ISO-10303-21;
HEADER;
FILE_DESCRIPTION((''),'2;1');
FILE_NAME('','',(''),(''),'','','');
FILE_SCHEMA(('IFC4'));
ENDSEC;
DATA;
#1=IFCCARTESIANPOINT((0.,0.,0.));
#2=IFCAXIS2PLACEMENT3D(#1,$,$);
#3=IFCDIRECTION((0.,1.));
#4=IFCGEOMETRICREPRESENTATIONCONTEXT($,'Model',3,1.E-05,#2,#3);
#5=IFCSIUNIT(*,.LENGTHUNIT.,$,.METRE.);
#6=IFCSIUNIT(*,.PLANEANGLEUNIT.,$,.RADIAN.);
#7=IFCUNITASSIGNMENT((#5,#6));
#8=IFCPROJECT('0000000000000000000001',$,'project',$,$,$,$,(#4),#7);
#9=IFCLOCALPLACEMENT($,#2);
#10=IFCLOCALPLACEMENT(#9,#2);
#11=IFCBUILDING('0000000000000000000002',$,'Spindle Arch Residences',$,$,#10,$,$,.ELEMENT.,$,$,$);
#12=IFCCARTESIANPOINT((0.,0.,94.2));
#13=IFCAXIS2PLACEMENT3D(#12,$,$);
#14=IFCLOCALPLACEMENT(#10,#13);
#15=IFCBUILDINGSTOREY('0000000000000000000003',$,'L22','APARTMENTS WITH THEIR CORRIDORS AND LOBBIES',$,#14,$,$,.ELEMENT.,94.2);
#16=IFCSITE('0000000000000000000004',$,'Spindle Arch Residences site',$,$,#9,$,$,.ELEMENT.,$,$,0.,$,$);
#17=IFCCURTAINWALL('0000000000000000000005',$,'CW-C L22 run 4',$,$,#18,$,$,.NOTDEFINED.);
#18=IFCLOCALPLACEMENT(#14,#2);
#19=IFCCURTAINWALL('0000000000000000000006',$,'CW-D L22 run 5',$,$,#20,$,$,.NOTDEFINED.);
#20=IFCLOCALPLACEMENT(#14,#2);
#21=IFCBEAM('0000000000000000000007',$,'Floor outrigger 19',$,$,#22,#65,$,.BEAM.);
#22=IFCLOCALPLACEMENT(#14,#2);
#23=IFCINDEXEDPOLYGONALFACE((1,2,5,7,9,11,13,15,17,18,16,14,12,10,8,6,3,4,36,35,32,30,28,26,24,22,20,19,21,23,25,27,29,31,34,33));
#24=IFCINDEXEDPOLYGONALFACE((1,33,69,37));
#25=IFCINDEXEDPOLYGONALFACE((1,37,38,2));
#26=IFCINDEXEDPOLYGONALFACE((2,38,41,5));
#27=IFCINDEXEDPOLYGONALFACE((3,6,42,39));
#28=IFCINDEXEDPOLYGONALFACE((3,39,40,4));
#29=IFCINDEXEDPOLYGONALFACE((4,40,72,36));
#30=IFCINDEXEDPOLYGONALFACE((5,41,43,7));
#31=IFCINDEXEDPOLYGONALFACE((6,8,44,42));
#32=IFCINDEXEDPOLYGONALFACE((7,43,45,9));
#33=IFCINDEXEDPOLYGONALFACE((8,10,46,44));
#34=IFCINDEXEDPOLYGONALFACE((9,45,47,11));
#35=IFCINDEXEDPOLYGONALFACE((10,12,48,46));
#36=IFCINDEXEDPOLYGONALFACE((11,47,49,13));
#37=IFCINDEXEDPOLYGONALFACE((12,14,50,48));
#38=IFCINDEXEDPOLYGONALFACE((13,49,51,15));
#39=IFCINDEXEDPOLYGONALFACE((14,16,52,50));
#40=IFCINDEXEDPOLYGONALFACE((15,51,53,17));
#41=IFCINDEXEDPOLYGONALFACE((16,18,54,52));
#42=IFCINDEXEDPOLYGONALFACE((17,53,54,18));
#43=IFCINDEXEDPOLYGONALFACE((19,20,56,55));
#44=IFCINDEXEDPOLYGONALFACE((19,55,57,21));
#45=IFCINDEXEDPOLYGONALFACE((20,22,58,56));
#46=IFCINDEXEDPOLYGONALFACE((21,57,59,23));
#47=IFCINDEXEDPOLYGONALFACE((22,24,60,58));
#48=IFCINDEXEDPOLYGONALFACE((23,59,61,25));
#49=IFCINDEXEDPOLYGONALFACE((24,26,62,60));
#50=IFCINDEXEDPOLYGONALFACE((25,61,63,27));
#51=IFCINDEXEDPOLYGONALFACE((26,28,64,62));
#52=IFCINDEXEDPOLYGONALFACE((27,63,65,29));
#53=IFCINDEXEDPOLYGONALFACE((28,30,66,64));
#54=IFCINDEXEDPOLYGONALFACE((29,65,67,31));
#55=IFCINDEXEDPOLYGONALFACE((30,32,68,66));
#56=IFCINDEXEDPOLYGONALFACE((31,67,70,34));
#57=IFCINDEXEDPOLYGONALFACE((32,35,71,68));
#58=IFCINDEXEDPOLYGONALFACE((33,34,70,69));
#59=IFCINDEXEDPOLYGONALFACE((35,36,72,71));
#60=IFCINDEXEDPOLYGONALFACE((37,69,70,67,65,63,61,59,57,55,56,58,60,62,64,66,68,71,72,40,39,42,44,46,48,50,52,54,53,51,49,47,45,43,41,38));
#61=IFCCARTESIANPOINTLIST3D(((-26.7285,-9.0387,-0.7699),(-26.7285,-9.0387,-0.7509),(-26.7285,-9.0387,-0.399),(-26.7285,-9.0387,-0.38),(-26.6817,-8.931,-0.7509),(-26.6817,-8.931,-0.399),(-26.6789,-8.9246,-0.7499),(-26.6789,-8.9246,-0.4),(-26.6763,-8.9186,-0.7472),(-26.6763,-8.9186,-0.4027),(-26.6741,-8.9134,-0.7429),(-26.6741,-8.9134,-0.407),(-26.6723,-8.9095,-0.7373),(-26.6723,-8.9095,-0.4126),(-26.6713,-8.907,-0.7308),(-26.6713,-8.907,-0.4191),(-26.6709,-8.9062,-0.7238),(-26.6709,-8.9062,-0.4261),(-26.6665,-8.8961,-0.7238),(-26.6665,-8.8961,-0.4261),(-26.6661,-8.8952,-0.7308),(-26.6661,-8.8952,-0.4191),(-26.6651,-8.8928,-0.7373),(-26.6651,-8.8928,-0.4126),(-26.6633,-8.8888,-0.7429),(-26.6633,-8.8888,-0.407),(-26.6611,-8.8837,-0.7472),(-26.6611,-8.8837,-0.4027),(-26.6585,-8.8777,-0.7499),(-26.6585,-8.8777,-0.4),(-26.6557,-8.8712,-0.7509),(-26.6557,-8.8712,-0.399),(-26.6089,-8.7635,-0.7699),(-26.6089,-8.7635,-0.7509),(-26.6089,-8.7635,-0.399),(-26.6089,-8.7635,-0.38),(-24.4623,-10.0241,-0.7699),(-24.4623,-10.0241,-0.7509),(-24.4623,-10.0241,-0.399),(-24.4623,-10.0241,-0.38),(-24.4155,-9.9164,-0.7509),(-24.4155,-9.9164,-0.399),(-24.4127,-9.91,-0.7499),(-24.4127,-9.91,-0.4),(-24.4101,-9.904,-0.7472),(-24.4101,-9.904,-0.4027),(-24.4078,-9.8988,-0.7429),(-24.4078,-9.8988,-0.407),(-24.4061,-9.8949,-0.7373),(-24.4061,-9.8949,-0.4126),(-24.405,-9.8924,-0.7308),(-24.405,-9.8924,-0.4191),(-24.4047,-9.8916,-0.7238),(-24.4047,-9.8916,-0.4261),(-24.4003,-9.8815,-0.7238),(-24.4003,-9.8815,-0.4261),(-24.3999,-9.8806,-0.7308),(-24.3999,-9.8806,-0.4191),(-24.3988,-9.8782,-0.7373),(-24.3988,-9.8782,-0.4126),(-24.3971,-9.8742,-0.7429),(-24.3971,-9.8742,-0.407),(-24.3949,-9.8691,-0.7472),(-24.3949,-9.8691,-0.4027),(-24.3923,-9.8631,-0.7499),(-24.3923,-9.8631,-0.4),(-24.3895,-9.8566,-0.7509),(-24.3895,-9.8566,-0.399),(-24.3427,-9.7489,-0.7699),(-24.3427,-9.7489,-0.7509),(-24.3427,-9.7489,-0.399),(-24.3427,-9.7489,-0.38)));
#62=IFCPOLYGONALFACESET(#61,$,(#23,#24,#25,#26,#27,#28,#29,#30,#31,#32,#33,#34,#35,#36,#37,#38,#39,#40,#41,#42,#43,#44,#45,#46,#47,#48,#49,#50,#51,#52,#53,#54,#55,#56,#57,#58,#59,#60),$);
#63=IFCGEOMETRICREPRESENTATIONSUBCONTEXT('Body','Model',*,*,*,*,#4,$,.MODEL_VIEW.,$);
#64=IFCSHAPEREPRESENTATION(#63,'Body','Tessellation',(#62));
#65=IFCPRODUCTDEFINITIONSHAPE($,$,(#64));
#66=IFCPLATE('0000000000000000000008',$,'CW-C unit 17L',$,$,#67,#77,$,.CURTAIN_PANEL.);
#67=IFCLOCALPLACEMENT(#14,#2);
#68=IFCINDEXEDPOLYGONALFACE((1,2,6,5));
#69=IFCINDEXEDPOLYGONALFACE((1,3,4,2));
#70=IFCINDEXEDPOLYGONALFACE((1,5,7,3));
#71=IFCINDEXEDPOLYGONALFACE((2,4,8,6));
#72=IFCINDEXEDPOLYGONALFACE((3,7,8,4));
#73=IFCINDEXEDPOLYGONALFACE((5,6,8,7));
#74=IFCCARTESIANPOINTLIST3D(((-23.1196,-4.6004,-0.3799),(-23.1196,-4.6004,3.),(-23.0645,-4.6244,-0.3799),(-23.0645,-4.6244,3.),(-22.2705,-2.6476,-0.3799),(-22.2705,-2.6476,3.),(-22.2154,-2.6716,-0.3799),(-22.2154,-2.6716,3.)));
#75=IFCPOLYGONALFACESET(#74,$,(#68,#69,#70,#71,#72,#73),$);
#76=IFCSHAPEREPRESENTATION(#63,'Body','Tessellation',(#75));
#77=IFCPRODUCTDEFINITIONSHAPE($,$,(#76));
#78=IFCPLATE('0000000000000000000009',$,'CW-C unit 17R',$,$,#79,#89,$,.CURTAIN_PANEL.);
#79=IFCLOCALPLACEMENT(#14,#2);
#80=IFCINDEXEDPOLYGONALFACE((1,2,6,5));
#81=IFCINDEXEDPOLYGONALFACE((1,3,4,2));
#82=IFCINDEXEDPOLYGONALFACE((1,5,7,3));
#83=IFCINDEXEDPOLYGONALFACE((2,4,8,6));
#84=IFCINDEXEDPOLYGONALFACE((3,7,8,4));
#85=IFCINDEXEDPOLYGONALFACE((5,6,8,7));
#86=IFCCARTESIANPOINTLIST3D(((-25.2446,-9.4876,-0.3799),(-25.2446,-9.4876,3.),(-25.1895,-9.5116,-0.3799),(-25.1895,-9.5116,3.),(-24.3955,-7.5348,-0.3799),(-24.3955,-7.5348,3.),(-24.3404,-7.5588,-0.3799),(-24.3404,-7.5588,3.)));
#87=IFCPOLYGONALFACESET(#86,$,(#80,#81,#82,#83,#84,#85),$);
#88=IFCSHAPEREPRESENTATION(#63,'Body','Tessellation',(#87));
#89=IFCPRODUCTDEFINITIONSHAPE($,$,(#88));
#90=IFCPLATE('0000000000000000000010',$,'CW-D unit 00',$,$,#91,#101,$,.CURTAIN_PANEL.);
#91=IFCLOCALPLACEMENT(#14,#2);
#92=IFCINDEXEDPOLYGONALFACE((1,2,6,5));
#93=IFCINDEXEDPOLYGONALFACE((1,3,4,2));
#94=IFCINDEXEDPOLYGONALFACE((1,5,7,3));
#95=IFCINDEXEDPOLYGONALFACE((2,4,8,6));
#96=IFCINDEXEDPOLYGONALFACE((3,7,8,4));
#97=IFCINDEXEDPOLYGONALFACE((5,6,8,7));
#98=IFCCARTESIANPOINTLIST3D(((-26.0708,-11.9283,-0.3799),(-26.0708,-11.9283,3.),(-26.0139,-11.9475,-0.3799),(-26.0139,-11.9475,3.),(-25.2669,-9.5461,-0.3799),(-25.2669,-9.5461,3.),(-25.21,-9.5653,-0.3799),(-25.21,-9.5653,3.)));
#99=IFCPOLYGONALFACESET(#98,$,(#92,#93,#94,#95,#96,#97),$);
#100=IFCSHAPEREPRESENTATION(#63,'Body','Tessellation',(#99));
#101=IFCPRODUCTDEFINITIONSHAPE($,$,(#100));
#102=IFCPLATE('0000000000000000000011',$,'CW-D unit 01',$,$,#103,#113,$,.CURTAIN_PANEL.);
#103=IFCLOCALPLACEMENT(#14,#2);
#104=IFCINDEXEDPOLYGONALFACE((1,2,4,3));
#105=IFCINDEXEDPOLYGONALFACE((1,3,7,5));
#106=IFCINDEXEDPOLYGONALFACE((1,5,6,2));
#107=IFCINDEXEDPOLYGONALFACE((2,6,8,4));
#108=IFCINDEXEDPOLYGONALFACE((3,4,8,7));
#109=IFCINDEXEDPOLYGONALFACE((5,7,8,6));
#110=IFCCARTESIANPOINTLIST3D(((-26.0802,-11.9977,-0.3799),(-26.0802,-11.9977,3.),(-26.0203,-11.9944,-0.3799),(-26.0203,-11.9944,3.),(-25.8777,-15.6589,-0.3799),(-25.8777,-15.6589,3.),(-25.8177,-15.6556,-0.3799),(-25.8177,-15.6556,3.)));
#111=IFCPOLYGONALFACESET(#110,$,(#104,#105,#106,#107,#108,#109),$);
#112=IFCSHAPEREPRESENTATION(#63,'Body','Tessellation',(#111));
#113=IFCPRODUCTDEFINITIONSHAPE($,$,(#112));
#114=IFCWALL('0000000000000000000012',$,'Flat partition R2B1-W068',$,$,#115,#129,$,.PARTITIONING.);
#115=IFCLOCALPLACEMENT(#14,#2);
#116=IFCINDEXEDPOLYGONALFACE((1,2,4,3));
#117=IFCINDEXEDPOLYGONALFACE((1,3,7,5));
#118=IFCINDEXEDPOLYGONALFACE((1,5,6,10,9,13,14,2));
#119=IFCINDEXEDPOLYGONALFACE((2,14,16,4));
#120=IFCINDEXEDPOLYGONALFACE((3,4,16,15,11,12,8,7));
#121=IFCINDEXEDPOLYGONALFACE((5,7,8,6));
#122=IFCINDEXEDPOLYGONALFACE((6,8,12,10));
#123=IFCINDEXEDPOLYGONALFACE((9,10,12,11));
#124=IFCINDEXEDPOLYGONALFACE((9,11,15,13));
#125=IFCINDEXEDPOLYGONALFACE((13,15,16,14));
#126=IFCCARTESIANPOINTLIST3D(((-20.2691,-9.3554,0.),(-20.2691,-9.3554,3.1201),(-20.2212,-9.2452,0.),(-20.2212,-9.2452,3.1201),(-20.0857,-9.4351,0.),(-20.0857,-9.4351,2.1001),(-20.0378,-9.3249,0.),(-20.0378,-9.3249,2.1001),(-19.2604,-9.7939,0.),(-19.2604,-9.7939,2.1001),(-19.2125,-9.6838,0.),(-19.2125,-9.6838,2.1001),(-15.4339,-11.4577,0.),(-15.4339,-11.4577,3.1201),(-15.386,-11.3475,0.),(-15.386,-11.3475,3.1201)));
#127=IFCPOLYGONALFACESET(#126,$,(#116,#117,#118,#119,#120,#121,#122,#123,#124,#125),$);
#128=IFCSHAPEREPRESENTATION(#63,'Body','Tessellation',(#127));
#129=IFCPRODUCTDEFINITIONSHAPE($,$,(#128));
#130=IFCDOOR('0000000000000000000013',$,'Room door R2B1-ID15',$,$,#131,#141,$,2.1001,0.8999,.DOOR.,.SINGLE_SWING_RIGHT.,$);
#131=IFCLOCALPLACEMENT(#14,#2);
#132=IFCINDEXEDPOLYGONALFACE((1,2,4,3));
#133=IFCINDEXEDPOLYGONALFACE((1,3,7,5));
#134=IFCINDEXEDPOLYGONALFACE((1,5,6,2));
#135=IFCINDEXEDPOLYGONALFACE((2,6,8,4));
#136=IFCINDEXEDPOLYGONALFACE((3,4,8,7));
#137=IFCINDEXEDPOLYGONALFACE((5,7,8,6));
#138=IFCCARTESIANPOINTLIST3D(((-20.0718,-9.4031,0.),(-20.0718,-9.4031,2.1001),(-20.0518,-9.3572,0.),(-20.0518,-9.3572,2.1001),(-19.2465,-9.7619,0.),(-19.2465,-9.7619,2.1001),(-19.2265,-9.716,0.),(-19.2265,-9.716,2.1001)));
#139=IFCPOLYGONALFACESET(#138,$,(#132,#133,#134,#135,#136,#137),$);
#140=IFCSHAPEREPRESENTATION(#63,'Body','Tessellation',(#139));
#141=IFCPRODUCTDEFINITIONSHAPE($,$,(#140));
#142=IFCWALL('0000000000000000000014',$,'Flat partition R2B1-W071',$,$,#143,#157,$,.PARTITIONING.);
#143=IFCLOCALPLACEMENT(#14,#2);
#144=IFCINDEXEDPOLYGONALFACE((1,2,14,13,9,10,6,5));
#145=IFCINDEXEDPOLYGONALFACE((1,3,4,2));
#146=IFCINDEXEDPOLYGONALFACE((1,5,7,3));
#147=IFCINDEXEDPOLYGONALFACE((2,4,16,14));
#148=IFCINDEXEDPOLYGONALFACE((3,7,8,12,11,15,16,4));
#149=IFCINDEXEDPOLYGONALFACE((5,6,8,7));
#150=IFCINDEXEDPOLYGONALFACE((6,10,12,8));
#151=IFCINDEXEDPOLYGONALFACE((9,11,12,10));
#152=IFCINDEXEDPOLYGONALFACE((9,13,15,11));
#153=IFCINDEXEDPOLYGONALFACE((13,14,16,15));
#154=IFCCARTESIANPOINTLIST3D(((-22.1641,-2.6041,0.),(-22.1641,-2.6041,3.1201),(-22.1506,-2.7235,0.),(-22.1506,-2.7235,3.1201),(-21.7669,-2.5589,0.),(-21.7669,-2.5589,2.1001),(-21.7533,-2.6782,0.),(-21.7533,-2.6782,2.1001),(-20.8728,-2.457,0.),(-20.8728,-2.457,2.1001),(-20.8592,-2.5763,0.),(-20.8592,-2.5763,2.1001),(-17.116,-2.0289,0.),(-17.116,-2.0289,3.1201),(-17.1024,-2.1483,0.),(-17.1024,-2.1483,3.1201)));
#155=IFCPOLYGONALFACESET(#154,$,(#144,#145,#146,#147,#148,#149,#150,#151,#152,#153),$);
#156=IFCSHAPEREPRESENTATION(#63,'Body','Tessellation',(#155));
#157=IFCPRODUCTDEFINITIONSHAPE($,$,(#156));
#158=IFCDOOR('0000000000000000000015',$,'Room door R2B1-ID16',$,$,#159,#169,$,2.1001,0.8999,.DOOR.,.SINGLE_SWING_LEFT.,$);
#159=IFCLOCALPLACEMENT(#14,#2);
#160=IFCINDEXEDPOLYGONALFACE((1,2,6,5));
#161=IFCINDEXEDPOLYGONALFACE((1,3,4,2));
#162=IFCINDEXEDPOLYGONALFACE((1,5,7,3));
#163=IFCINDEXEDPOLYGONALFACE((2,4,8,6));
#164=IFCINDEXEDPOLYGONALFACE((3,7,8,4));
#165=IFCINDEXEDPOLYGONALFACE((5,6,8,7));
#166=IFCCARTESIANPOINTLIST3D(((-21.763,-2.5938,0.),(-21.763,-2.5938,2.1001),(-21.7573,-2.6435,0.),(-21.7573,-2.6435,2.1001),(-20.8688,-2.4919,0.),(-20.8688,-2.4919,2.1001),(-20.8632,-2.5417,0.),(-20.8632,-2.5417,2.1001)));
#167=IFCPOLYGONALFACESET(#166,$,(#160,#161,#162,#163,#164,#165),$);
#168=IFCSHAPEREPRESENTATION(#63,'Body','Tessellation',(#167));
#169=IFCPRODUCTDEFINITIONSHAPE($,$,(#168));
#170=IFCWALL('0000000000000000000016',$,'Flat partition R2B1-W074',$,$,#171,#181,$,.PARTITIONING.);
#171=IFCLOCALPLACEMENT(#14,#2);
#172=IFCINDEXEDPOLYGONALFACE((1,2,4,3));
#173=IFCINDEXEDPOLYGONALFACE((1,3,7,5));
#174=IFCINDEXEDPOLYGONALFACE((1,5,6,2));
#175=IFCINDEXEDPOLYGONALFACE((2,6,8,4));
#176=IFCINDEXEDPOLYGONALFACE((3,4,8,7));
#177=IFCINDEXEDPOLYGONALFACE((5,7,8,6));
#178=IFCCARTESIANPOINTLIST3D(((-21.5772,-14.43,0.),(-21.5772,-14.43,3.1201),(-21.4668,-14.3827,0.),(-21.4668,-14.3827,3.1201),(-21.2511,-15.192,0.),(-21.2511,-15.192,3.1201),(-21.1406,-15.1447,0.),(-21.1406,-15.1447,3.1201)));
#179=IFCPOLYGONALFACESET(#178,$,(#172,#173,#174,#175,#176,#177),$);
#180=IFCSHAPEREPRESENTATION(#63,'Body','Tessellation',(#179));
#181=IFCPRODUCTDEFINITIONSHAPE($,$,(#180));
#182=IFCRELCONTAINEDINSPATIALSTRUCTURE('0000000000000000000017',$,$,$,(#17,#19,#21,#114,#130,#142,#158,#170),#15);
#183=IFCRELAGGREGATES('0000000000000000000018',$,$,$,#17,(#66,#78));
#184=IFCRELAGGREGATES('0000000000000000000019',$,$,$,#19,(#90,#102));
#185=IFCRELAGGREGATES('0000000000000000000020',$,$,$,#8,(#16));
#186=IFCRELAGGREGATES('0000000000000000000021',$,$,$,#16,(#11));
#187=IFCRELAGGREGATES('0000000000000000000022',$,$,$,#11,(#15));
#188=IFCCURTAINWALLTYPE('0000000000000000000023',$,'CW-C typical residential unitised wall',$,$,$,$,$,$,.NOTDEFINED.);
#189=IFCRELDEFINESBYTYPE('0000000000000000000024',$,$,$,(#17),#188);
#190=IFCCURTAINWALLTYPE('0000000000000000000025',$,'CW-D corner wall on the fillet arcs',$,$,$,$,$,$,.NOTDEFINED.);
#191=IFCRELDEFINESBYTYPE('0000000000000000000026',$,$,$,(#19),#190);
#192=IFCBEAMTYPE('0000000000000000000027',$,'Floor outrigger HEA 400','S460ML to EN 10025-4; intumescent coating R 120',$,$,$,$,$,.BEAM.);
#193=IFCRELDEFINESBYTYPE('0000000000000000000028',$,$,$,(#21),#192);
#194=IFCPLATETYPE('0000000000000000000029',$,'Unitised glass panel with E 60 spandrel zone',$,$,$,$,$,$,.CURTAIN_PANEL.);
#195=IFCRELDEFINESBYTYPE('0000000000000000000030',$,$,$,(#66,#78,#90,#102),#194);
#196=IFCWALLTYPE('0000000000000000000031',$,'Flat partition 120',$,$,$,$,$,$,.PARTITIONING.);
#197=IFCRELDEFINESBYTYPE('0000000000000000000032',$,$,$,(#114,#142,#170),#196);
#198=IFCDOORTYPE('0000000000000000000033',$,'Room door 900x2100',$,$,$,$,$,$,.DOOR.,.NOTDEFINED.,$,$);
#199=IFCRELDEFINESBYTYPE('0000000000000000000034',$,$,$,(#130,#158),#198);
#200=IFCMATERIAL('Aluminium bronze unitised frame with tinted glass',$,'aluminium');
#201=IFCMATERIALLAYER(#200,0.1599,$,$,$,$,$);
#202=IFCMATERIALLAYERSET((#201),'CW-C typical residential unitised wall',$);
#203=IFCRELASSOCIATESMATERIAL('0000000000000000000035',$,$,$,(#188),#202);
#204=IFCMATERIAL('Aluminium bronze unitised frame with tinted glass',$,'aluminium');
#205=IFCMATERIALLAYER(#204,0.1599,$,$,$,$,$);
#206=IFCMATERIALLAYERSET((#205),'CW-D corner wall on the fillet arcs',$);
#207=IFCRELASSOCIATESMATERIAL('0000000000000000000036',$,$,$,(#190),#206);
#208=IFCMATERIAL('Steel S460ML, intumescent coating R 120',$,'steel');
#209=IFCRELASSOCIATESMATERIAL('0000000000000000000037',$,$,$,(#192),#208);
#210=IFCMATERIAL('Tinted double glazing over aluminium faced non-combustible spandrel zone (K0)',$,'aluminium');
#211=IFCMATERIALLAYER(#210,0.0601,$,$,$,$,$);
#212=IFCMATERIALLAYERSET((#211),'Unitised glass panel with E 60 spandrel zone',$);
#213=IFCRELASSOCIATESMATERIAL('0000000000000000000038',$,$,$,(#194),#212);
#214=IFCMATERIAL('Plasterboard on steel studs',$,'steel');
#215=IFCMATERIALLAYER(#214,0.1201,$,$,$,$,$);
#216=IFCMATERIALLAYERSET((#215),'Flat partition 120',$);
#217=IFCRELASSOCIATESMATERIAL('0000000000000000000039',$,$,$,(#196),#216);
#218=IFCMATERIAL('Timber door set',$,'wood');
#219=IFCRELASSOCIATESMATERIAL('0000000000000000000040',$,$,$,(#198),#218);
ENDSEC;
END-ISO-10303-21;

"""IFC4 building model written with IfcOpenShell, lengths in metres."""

from ifc_helpers import new_model, si_unit, direction, frame, frame_2d, origin, origin_2d, place, context, subcontext, project, spatial, rectangle, i_section, extrude, material, layer, layer_set, material_profile, profile_set, type_object, element, fill, aggregate, save


model = new_model("IFC4")

# Units and contexts
model_context = context("Model", 3, precision=1e-05, world=origin(), true_north=direction((0.0, 1.0)))
body_context = subcontext(model_context, "Body", "Model", "MODEL_VIEW")
ifc_project = project(units=[si_unit("LENGTHUNIT", "METRE"), si_unit("PLANEANGLEUNIT", "RADIAN")], contexts=[model_context])

# Site, building, storey
site_placement = place(None, origin())
site = spatial("IfcSite", under=ifc_project, at=site_placement, Name="Spindle Arch Residences site", CompositionType="ELEMENT", RefElevation=0.0)
building_placement = place(site_placement, origin())
building = spatial("IfcBuilding", under=site, at=building_placement, Name="Spindle Arch Residences", CompositionType="ELEMENT")
storey_placement = place(building_placement, frame((0.0, 0.0, 94.2)))
storey = spatial("IfcBuildingStorey", under=building, at=storey_placement, Name="L22", Description="APARTMENTS WITH THEIR CORRIDORS AND LOBBIES", CompositionType="ELEMENT", Elevation=94.2)

# Curtain wall
ifc_material_1 = material(Name="Aluminium bronze unitised frame with tinted glass", Category="aluminium")
ifc_layer_1 = layer(ifc_material_1, 0.1599)
ifc_layer_set_1 = layer_set([ifc_layer_1], Name="CW-C typical residential unitised wall")
curtain_wall_type_1 = type_object("IfcCurtainWallType", Name="CW-C typical residential unitised wall", PredefinedType="NOTDEFINED", material=ifc_layer_set_1)
curtain_wall_1_placement = place(storey_placement, origin())
curtain_wall_1 = element("IfcCurtainWall", 1, at=curtain_wall_1_placement, inside=storey, type_object=curtain_wall_type_1, Name="CW-C L22 run 4", PredefinedType="NOTDEFINED")

# Curtain wall
ifc_material_2 = material(Name="Aluminium bronze unitised frame with tinted glass", Category="aluminium")
ifc_layer_2 = layer(ifc_material_2, 0.1599)
ifc_layer_set_2 = layer_set([ifc_layer_2], Name="CW-D corner wall on the fillet arcs")
curtain_wall_type_2 = type_object("IfcCurtainWallType", Name="CW-D corner wall on the fillet arcs", PredefinedType="NOTDEFINED", material=ifc_layer_set_2)
curtain_wall_2_placement = place(storey_placement, origin())
curtain_wall_2 = element("IfcCurtainWall", 2, at=curtain_wall_2_placement, inside=storey, type_object=curtain_wall_type_2, Name="CW-D L22 run 5", PredefinedType="NOTDEFINED")

# Beam
ifc_material_3 = material(Name="Steel S460ML, intumescent coating R 120", Category="steel")
ifc_material_profile_1 = material_profile(ifc_material_3, i_section(OverallWidth=0.3, OverallDepth=0.3899, WebThickness=0.011, FlangeThickness=0.019, FilletRadius=0.0271, at=origin_2d()), Name="HEA 400")
ifc_profile_set_1 = profile_set([ifc_material_profile_1], Name="Steel S460ML, intumescent coating R 120")
beam_type_1 = type_object("IfcBeamType", Name="Floor outrigger HEA 400", Description="S460ML to EN 10025-4; intumescent coating R 120", PredefinedType="BEAM", material=ifc_profile_set_1)
beam_1_placement = place(storey_placement, frame((-26.6687, -8.9011, -0.575), z_axis=(0.917057, -0.398755, 0.0), x_axis=(0.398755, 0.917057, 0.0)))
element("IfcBeam", 3, at=beam_1_placement, inside=storey, type_object=beam_type_1, Name="Floor outrigger 19", PredefinedType="BEAM", context=body_context, shape_type="SweptSolid", body=[
    extrude(i_section(OverallWidth=0.3, OverallDepth=0.3899, WebThickness=0.011, FlangeThickness=0.019, FilletRadius=0.0271, at=origin_2d()), origin(), (0.0, 0.0, 1.0), 2.4712),
])

# Plates
ifc_material_4 = material(Name="Tinted double glazing over aluminium faced non-combustible spandrel zone (K0)", Category="aluminium")
ifc_layer_3 = layer(ifc_material_4, 0.0601)
ifc_layer_set_3 = layer_set([ifc_layer_3], Name="Unitised glass panel with E 60 spandrel zone")
plate_type = type_object("IfcPlateType", Name="Unitised glass panel with E 60 spandrel zone", PredefinedType="CURTAIN_PANEL", material=ifc_layer_set_3)
plate_1_placement = place(storey_placement, frame((-22.6675, -3.636, -0.3799), z_axis=(0.0, 0.0, 1.0), x_axis=(-0.398749, -0.91706, 0.0)))
plate_1 = element("IfcPlate", 4, at=plate_1_placement, type_object=plate_type, Name="CW-C unit 17L", PredefinedType="CURTAIN_PANEL", context=body_context, shape_type="SweptSolid", body=[
    extrude(rectangle(XDim=2.1294, YDim=0.0601, at=origin_2d()), origin(), (0.0, 0.0, 1.0), 3.3799),
])
plate_2_placement = place(storey_placement, frame((-24.7925, -8.5232, -0.3799), z_axis=(0.0, 0.0, 1.0), x_axis=(-0.398749, -0.91706, 0.0)))
plate_2 = element("IfcPlate", 5, at=plate_2_placement, type_object=plate_type, Name="CW-C unit 17R", PredefinedType="CURTAIN_PANEL", context=body_context, shape_type="SweptSolid", body=[
    extrude(rectangle(XDim=2.1294, YDim=0.0601, at=origin_2d()), origin(), (0.0, 0.0, 1.0), 3.3799),
])
aggregate(curtain_wall_1, [plate_1, plate_2])
plate_3_placement = place(storey_placement, frame((-25.6404, -10.7468, -0.3799), z_axis=(0.0, 0.0, 1.0), x_axis=(-0.319727, -0.94751, 0.0)))
plate_3 = element("IfcPlate", 6, at=plate_3_placement, type_object=plate_type, Name="CW-D unit 00", PredefinedType="CURTAIN_PANEL", context=body_context, shape_type="SweptSolid", body=[
    extrude(rectangle(XDim=2.5142, YDim=0.0601, at=origin_2d()), origin(), (0.0, 0.0, 1.0), 3.3799),
])
plate_4_placement = place(storey_placement, frame((-25.949, -13.8267, -0.3799), z_axis=(0.0, 0.0, 1.0), x_axis=(0.055241, -0.998473, 0.0)))
plate_4 = element("IfcPlate", 7, at=plate_4_placement, type_object=plate_type, Name="CW-D unit 01", PredefinedType="CURTAIN_PANEL", context=body_context, shape_type="SweptSolid", body=[
    extrude(rectangle(XDim=3.6667, YDim=0.0601, at=origin_2d()), origin(), (0.0, 0.0, 1.0), 3.3799),
])
aggregate(curtain_wall_2, [plate_3, plate_4])

# Walls, openings, doors
ifc_material_5 = material(Name="Plasterboard on steel studs", Category="steel")
ifc_layer_4 = layer(ifc_material_5, 0.1201)
ifc_layer_set_4 = layer_set([ifc_layer_4], Name="Flat partition 120")
wall_type_1 = type_object("IfcWallType", Name="Flat partition 120", PredefinedType="PARTITIONING", material=ifc_layer_set_4)
wall_1_placement = place(storey_placement, frame((-20.2451, -9.3003, 0.0), z_axis=(0.0, 0.0, 1.0), x_axis=(0.917068, -0.398731, 0.0)))
wall_1 = element("IfcWall", 8, at=wall_1_placement, inside=storey, type_object=wall_type_1, Name="Flat partition R2B1-W068", PredefinedType="PARTITIONING", context=body_context, shape_type="SweptSolid", body=[
    extrude(rectangle(XDim=5.2725, YDim=0.1201, at=frame_2d((2.6362, 0.0))), origin(), (0.0, 0.0, 1.0), 3.1201),
])
opening_1_placement = place(wall_1_placement, frame((0.2, 0.0, 0.0)))
opening_1 = element("IfcOpeningElement", 9, at=opening_1_placement, cuts=wall_1, PredefinedType="OPENING", context=body_context, shape_type="SweptSolid", body=[
    extrude(rectangle(XDim=0.8999, YDim=2.1001, at=frame_2d((0.45, 1.05))), frame((0.0, 0.0701, 0.0), z_axis=(0.0, -1.0, 0.0), x_axis=(1.0, 0.0, 0.0)), (0.0, 0.0, 1.0), 0.1401),
])
ifc_material_6 = material(Name="Timber door set", Category="wood")
door_type_1 = type_object("IfcDoorType", Name="Room door 900x2100", OperationType="NOTDEFINED", PredefinedType="DOOR", material=ifc_material_6)
door_1_placement = place(opening_1_placement, origin())
door_1 = element("IfcDoor", 10, at=door_1_placement, inside=storey, type_object=door_type_1, Name="Room door R2B1-ID15", OperationType="SINGLE_SWING_RIGHT", OverallHeight=2.1001, OverallWidth=0.8999, PredefinedType="DOOR", context=body_context, shape_type="SweptSolid", body=[
    extrude(rectangle(XDim=0.8999, YDim=2.1001, at=frame_2d((0.45, 1.05))), frame((0.0, 0.0249, 0.0), z_axis=(0.0, -1.0, 0.0), x_axis=(1.0, 0.0, 0.0)), (0.0, 0.0, 1.0), 0.05),
])
fill(opening_1, door_1)
wall_2_placement = place(storey_placement, frame((-22.1575, -2.6638, 0.0), z_axis=(0.0, 0.0, 1.0), x_axis=(0.993571, 0.11321, 0.0)))
wall_2 = element("IfcWall", 11, at=wall_2_placement, inside=storey, type_object=wall_type_1, Name="Flat partition R2B1-W071", PredefinedType="PARTITIONING", context=body_context, shape_type="SweptSolid", body=[
    extrude(rectangle(XDim=5.0808, YDim=0.1201, at=frame_2d((2.5405, 0.0))), origin(), (0.0, 0.0, 1.0), 3.1201),
])
opening_2_placement = place(wall_2_placement, frame((0.3999, 0.0, 0.0)))
opening_2 = element("IfcOpeningElement", 12, at=opening_2_placement, cuts=wall_2, PredefinedType="OPENING", context=body_context, shape_type="SweptSolid", body=[
    extrude(rectangle(XDim=0.8999, YDim=2.1001, at=frame_2d((0.45, 1.05))), frame((0.0, 0.0701, 0.0), z_axis=(0.0, -1.0, 0.0), x_axis=(1.0, 0.0, 0.0)), (0.0, 0.0, 1.0), 0.1401),
])
door_2_placement = place(opening_2_placement, origin())
door_2 = element("IfcDoor", 13, at=door_2_placement, inside=storey, type_object=door_type_1, Name="Room door R2B1-ID16", OperationType="SINGLE_SWING_LEFT", OverallHeight=2.1001, OverallWidth=0.8999, PredefinedType="DOOR", context=body_context, shape_type="SweptSolid", body=[
    extrude(rectangle(XDim=0.8999, YDim=2.1001, at=frame_2d((0.45, 1.05))), frame((0.0, 0.0249, 0.0), z_axis=(0.0, -1.0, 0.0), x_axis=(1.0, 0.0, 0.0)), (0.0, 0.0, 1.0), 0.05),
])
fill(opening_2, door_2)

# Wall
wall_3_placement = place(storey_placement, frame((-21.1958, -15.1685, 0.0), z_axis=(0.0, 0.0, 1.0), x_axis=(-0.393528, 0.919313, 0.0)))
element("IfcWall", 14, at=wall_3_placement, inside=storey, type_object=wall_type_1, Name="Flat partition R2B1-W074", PredefinedType="PARTITIONING", context=body_context, shape_type="SweptSolid", body=[
    extrude(rectangle(XDim=0.8289, YDim=0.1201, at=frame_2d((0.4146, 0.0))), origin(), (0.0, 0.0, 1.0), 3.1201),
])

save(model, "model.ifc")
